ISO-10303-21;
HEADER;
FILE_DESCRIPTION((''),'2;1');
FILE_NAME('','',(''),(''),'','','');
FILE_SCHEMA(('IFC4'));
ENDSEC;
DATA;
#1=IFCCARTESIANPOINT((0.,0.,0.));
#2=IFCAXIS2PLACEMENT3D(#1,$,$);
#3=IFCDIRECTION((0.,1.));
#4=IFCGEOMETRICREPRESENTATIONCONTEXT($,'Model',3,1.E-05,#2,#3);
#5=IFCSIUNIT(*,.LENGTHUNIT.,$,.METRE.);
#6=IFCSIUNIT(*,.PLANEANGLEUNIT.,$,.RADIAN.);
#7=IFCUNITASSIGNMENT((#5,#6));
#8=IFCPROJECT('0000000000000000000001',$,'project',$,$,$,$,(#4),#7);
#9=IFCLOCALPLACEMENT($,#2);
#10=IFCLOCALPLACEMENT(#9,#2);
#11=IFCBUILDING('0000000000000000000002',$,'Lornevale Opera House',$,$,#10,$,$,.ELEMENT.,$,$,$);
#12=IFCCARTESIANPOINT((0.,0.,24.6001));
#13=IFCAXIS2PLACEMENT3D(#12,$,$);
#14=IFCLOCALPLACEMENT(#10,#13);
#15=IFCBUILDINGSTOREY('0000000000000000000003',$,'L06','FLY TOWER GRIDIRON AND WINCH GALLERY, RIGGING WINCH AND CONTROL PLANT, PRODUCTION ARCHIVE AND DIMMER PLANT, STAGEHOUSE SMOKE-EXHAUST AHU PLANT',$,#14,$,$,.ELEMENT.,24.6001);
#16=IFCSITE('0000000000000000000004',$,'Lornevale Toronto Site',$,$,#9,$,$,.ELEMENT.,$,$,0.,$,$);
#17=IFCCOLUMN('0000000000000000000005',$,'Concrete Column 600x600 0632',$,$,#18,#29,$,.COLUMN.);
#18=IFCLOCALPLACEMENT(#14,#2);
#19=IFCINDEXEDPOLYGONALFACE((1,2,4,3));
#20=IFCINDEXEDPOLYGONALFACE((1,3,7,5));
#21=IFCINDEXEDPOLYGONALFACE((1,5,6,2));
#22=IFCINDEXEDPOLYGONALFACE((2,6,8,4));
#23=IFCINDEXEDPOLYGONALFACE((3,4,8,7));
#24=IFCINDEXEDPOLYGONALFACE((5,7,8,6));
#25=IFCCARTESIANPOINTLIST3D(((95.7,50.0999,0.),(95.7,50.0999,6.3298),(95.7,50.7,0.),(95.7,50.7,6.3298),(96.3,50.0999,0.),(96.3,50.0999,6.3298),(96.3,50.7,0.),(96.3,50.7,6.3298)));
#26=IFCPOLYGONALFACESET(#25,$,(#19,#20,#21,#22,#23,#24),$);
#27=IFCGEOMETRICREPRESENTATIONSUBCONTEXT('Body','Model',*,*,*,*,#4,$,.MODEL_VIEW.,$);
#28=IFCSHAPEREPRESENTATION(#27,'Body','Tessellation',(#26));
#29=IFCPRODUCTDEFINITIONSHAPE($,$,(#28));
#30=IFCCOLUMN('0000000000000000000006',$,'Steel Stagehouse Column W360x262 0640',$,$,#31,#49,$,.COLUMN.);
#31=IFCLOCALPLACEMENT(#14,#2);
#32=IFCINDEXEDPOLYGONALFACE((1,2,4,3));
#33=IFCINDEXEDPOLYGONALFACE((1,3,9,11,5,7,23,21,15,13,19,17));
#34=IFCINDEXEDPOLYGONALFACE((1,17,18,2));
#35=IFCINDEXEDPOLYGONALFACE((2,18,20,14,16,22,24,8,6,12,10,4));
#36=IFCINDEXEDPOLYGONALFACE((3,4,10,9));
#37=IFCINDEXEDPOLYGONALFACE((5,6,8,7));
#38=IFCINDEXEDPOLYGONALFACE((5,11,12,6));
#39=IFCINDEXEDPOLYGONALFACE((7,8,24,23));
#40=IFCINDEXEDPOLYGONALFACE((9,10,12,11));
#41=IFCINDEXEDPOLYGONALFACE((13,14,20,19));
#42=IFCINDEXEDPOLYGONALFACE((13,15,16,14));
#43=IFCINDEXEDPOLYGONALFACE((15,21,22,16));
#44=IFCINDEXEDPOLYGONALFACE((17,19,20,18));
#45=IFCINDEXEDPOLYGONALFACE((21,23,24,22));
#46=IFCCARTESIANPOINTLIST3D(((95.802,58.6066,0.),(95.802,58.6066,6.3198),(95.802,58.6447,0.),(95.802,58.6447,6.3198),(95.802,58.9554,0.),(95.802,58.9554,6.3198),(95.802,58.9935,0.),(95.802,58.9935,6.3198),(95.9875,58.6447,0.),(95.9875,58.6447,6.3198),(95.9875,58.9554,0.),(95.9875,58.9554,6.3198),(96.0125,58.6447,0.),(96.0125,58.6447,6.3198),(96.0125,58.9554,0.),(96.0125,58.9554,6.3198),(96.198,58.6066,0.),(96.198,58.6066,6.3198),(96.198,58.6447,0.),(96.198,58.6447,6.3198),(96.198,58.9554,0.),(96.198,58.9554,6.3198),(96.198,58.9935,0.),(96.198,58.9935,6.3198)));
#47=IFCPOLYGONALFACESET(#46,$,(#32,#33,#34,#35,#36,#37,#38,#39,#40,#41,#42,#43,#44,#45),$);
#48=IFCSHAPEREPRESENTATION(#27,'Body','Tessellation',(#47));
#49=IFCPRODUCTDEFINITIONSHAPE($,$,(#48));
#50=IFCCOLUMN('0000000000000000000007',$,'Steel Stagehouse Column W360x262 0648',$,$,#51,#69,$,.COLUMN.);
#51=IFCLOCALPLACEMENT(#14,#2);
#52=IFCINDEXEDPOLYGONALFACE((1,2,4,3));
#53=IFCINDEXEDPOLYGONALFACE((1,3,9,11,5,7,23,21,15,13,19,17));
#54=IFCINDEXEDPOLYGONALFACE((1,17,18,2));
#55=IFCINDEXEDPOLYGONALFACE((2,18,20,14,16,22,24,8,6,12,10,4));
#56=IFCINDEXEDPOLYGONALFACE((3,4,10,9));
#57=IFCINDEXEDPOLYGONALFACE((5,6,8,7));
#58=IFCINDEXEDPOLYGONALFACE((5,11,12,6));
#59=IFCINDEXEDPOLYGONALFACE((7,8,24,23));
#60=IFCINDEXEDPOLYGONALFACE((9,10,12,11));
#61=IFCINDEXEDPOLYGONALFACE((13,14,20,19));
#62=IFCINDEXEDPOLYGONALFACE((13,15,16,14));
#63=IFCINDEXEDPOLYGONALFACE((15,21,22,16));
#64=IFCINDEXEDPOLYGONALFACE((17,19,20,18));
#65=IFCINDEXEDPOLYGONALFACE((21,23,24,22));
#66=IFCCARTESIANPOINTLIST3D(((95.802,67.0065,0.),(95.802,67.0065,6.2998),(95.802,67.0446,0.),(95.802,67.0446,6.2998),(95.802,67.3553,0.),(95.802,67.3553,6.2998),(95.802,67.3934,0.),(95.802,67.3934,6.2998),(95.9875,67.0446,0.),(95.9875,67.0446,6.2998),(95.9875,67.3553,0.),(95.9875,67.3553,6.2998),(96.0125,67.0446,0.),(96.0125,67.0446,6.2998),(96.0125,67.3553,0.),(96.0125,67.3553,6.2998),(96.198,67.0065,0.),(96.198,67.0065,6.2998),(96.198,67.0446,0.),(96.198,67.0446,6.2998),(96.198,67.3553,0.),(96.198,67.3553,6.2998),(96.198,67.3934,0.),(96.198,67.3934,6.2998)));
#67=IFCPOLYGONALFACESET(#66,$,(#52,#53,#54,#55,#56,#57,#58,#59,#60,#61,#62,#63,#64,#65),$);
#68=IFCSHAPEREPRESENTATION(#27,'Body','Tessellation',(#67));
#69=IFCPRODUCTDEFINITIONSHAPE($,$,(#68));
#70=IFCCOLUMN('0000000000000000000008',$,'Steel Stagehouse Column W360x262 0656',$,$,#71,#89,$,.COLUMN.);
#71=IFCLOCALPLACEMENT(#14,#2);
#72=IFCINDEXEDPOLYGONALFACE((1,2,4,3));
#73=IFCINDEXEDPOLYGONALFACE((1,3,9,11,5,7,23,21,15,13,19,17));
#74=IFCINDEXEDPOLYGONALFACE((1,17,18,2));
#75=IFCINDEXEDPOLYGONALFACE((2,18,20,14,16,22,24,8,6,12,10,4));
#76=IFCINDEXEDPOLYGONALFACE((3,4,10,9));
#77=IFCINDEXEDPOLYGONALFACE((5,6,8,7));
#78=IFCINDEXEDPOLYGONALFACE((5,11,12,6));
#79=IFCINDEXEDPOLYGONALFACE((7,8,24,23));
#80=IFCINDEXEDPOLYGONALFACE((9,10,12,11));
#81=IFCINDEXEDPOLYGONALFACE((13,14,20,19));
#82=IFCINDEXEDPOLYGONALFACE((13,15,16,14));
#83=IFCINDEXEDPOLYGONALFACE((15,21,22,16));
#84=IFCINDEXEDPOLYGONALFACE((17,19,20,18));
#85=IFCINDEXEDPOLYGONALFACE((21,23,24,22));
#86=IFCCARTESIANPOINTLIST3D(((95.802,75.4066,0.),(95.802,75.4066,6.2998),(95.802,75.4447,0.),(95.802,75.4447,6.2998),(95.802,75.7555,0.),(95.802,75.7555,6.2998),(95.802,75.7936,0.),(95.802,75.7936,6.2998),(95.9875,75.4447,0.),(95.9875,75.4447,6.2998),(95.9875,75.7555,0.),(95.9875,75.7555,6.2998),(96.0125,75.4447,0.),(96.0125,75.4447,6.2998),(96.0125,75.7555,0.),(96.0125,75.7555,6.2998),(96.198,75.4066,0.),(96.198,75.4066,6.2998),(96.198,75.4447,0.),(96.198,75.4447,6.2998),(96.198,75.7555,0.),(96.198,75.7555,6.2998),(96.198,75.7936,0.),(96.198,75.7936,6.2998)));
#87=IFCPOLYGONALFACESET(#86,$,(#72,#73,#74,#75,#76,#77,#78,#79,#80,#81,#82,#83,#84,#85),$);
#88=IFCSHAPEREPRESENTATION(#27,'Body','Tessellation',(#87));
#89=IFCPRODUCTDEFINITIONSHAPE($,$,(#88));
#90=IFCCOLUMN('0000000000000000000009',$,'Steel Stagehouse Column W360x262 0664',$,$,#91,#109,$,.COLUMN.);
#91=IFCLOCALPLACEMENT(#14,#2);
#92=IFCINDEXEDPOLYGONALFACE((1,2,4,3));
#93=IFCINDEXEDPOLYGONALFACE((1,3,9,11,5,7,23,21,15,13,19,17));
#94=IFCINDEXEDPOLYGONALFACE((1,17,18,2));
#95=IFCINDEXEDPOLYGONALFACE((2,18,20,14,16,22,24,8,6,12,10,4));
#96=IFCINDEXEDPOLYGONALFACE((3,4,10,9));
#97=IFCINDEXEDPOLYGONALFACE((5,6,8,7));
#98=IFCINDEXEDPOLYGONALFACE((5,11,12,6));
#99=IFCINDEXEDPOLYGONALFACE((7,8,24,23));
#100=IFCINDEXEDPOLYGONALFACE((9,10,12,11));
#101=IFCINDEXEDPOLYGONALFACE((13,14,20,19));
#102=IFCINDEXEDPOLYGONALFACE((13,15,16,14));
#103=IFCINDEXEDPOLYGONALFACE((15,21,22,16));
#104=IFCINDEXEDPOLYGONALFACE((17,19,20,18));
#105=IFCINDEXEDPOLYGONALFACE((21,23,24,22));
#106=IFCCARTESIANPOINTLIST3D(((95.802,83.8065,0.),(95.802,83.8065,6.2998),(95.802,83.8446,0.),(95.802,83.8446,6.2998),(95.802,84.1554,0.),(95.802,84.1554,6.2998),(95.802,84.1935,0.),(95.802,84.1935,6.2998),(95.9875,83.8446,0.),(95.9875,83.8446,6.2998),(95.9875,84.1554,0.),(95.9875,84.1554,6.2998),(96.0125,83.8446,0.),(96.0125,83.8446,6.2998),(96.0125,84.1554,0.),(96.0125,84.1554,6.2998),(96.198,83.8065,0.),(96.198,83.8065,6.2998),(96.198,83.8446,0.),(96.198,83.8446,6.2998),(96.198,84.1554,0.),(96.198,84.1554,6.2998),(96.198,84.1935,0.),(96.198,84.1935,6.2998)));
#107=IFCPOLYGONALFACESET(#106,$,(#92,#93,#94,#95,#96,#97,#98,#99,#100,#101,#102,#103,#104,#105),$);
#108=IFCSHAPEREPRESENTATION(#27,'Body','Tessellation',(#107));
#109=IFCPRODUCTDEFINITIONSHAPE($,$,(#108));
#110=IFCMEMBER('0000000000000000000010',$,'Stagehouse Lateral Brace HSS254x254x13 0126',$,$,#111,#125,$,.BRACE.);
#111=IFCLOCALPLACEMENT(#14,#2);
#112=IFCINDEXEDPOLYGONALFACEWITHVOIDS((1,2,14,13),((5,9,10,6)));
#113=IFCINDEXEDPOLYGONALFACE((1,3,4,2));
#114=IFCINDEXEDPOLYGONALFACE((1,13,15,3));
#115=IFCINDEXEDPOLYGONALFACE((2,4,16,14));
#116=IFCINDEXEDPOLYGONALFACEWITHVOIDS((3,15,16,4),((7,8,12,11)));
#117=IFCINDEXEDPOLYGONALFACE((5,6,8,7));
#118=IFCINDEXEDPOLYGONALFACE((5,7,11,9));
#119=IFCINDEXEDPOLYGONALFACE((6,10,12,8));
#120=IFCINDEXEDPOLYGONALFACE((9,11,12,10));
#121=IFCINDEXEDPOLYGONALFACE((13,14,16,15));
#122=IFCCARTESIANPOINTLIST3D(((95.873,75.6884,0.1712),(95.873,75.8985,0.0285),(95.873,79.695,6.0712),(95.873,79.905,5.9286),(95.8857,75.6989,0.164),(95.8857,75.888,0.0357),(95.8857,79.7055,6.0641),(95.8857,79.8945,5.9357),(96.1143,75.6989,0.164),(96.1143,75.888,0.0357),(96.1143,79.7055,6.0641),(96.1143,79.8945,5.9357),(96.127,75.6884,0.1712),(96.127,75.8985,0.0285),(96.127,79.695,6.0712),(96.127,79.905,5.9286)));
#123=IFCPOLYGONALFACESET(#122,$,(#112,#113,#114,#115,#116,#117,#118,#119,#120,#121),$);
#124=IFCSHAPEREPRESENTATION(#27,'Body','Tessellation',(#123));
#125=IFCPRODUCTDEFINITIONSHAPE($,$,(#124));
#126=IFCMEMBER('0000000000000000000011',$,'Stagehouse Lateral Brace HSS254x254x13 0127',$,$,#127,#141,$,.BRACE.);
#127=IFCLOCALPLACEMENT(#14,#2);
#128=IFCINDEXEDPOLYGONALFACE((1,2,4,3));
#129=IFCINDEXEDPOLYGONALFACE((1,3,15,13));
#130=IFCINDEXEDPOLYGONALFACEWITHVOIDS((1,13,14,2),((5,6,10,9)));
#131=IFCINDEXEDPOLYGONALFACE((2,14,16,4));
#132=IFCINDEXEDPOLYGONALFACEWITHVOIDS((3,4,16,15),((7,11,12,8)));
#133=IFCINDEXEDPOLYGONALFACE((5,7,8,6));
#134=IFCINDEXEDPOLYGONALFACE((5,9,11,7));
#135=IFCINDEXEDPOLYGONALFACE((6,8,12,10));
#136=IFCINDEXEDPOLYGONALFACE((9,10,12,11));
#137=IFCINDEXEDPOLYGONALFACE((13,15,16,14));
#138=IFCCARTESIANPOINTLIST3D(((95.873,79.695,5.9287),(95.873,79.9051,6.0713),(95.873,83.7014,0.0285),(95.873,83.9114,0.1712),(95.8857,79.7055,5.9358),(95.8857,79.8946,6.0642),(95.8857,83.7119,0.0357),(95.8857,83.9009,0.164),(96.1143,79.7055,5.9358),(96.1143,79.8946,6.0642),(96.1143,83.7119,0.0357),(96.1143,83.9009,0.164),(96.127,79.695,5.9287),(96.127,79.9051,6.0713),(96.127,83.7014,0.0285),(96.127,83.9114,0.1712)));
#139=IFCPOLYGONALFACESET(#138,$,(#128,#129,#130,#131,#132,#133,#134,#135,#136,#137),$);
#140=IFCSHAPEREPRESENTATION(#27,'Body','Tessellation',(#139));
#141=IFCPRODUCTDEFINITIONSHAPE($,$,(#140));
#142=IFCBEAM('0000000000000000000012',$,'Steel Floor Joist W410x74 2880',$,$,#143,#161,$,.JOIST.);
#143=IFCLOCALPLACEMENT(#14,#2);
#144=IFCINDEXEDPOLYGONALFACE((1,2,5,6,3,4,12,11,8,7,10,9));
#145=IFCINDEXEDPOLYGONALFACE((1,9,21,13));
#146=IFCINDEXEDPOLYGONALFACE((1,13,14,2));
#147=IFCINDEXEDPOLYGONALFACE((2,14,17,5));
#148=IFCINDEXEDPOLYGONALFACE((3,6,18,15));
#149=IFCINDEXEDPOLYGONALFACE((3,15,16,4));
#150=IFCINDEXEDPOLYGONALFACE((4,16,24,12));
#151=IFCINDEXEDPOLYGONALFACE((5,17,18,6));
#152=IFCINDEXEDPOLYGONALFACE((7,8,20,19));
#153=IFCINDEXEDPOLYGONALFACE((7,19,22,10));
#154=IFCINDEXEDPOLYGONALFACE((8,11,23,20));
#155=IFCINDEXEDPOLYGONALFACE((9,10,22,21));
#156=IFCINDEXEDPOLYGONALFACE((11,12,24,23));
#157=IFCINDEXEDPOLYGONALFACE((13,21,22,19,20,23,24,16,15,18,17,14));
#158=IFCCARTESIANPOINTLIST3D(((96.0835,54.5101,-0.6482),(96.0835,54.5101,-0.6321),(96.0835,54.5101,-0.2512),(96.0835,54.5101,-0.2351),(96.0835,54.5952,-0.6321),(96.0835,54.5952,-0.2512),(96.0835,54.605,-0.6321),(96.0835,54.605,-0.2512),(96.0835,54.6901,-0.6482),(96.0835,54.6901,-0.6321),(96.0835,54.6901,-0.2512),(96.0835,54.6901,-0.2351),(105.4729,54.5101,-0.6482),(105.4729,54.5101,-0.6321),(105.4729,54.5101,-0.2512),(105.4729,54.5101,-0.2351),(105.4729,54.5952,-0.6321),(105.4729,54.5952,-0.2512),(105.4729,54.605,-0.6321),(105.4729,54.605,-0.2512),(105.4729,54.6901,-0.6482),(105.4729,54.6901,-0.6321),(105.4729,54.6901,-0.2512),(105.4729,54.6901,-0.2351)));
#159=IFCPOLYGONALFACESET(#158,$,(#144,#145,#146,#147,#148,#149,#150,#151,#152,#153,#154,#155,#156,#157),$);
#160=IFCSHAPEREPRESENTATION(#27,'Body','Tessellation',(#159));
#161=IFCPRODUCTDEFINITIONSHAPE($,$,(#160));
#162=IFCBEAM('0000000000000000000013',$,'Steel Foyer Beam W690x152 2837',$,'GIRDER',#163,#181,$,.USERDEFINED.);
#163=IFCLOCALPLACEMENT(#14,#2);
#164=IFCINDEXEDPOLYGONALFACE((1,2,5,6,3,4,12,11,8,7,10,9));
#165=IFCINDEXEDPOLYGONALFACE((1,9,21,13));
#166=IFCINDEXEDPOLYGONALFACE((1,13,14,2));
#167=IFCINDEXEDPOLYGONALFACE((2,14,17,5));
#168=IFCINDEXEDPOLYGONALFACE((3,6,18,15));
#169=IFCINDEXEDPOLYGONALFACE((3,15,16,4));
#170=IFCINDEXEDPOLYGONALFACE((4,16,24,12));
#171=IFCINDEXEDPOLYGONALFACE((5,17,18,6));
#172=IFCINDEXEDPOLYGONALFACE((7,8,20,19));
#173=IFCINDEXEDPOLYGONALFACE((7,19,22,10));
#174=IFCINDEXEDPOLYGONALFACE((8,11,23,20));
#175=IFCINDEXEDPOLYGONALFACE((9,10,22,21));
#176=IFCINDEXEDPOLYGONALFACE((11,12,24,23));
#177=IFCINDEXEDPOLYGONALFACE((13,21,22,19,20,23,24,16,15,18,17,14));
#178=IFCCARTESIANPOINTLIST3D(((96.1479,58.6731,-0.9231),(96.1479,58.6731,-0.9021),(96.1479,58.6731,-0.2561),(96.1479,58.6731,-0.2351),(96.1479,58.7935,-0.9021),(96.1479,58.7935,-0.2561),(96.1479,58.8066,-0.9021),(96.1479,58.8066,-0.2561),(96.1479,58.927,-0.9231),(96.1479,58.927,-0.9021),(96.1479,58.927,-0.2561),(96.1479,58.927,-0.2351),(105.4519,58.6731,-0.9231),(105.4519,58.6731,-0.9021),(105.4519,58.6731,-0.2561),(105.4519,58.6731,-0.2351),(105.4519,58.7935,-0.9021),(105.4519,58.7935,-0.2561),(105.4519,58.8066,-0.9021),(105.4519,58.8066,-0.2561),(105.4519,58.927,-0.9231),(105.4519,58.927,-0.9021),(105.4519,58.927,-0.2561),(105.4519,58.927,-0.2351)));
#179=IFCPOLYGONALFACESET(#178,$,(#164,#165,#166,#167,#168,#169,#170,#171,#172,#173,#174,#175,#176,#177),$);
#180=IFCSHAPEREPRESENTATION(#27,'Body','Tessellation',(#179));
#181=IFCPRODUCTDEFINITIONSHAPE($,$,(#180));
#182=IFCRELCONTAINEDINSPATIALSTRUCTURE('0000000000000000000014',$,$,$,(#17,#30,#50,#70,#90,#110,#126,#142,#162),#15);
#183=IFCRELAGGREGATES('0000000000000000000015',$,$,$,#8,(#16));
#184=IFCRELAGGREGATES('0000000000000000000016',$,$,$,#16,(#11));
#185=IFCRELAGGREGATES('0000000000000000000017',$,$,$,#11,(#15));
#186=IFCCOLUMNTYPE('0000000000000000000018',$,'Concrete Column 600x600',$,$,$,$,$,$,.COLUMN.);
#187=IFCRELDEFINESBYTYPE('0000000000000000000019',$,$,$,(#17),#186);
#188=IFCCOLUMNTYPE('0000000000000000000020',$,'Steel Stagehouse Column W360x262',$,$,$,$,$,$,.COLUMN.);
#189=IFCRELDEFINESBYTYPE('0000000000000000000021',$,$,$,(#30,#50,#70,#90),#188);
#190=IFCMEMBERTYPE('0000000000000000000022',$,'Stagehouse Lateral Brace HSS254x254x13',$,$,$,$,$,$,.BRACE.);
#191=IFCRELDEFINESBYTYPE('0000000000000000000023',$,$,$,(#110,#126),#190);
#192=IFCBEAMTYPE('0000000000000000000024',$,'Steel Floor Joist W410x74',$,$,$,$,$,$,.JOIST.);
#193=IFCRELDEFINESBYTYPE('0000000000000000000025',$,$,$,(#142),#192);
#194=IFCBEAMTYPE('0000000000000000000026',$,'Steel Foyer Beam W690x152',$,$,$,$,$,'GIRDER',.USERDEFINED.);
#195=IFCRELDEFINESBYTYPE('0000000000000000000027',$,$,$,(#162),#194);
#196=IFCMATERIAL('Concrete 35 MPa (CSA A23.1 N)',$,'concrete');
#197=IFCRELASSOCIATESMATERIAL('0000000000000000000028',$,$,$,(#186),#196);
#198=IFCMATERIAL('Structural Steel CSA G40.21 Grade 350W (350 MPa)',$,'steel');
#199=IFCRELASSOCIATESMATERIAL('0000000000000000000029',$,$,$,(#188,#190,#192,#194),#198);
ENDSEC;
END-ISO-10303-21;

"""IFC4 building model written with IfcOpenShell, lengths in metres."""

from ifc_helpers import new_model, si_unit, direction, frame, origin, origin_2d, place, context, subcontext, project, spatial, rectangle, hollow_rectangle, i_section, extrude, material, material_profile, profile_set, type_object, element, save


model = new_model("IFC4")

# Units and contexts
model_context = context("Model", 3, precision=1e-05, world=origin(), true_north=direction((0.0, 1.0)))
body_context = subcontext(model_context, "Body", "Model", "MODEL_VIEW")
ifc_project = project(units=[si_unit("LENGTHUNIT", "METRE"), si_unit("PLANEANGLEUNIT", "RADIAN")], contexts=[model_context])

# Site, building, storey
site_placement = place(None, origin())
site = spatial("IfcSite", under=ifc_project, at=site_placement, Name="Lornevale Toronto Site", CompositionType="ELEMENT", RefElevation=0.0)
building_placement = place(site_placement, origin())
building = spatial("IfcBuilding", under=site, at=building_placement, Name="Lornevale Opera House", CompositionType="ELEMENT")
storey_placement = place(building_placement, frame((0.0, 0.0, 24.6001)))
storey = spatial("IfcBuildingStorey", under=building, at=storey_placement, Name="L06", Description="FLY TOWER GRIDIRON AND WINCH GALLERY, RIGGING WINCH AND CONTROL PLANT, PRODUCTION ARCHIVE AND DIMMER PLANT, STAGEHOUSE SMOKE-EXHAUST AHU PLANT", CompositionType="ELEMENT", Elevation=24.6001)

# Columns
ifc_material_1 = material(Name="Concrete 35 MPa (CSA A23.1 N)", Category="concrete")
ifc_material_profile_1 = material_profile(ifc_material_1, rectangle(XDim=0.6001, YDim=0.6001, at=origin_2d()), Name="RC600x600")
ifc_profile_set_1 = profile_set([ifc_material_profile_1], Name="Concrete 35 MPa (CSA A23.1 N)")
column_type_1 = type_object("IfcColumnType", Name="Concrete Column 600x600", PredefinedType="COLUMN", material=ifc_profile_set_1)
column_1_placement = place(storey_placement, frame((96.0, 50.3999, 0.0), z_axis=(0.0, 0.0, 1.0), x_axis=(1.0, 0.0, 0.0)))
element("IfcColumn", 1, at=column_1_placement, inside=storey, type_object=column_type_1, Name="Concrete Column 600x600 0632", PredefinedType="COLUMN", context=body_context, shape_type="SweptSolid", body=[
    extrude(rectangle(XDim=0.6001, YDim=0.6001, at=origin_2d()), origin(), (0.0, 0.0, 1.0), 6.3298),
])
ifc_material_2 = material(Name="Structural Steel CSA G40.21 Grade 350W (350 MPa)", Category="steel")
ifc_material_profile_2 = material_profile(ifc_material_2, i_section(OverallWidth=0.396, OverallDepth=0.387, WebThickness=0.0249, FlangeThickness=0.0381, at=origin_2d()), Name="W360x262")
ifc_profile_set_2 = profile_set([ifc_material_profile_2], Name="Structural Steel CSA G40.21 Grade 350W (350 MPa)")
column_type_2 = type_object("IfcColumnType", Name="Steel Stagehouse Column W360x262", PredefinedType="COLUMN", material=ifc_profile_set_2)
column_2_placement = place(storey_placement, frame((96.0, 58.8, 0.0), z_axis=(0.0, 0.0, 1.0), x_axis=(1.0, 0.0, 0.0)))
element("IfcColumn", 2, at=column_2_placement, inside=storey, type_object=column_type_2, Name="Steel Stagehouse Column W360x262 0640", PredefinedType="COLUMN", context=body_context, shape_type="SweptSolid", body=[
    extrude(i_section(OverallWidth=0.396, OverallDepth=0.387, WebThickness=0.0249, FlangeThickness=0.0381, at=origin_2d()), origin(), (0.0, 0.0, 1.0), 6.3198),
])
for number, where, z_axis, x_axis, name in (
    (3, (96.0, 67.2, 0.0), (0.0, 0.0, 1.0), (1.0, 0.0, 0.0), "Steel Stagehouse Column W360x262 0648"),
    (4, (96.0, 75.6001, 0.0), (0.0, 0.0, 1.0), (1.0, 0.0, 0.0), "Steel Stagehouse Column W360x262 0656"),
    (5, (96.0, 84.0, 0.0), (0.0, 0.0, 1.0), (1.0, 0.0, 0.0), "Steel Stagehouse Column W360x262 0664"),
):
    element("IfcColumn", number, at=place(storey_placement, frame(where, z_axis=z_axis, x_axis=x_axis)), inside=storey, type_object=column_type_2, Name=name, PredefinedType="COLUMN", context=body_context, shape_type="SweptSolid", body=[
        extrude(i_section(OverallWidth=0.396, OverallDepth=0.387, WebThickness=0.0249, FlangeThickness=0.0381, at=origin_2d()), origin(), (0.0, 0.0, 1.0), 6.2998),
    ])

# Members
ifc_material_profile_3 = material_profile(ifc_material_2, hollow_rectangle(XDim=0.2539, YDim=0.2539, WallThickness=0.0127, at=origin_2d()), Name="HSS254x254x13")
ifc_profile_set_3 = profile_set([ifc_material_profile_3], Name="Structural Steel CSA G40.21 Grade 350W (350 MPa)")
member_type = type_object("IfcMemberType", Name="Stagehouse Lateral Brace HSS254x254x13", PredefinedType="BRACE", material=ifc_profile_set_3)
for number, where, z_axis, x_axis, name in (
    (6, (96.0, 75.7935, 0.0999), (0.0, 0.561782, 0.827285), (-1.0, 0.0, 0.0), "Stagehouse Lateral Brace HSS254x254x13 0126"),
    (7, (96.0, 83.8064, 0.0999), (0.0, -0.561758, 0.827301), (1.0, 0.0, 0.0), "Stagehouse Lateral Brace HSS254x254x13 0127"),
):
    element("IfcMember", number, at=place(storey_placement, frame(where, z_axis=z_axis, x_axis=x_axis)), inside=storey, type_object=member_type, Name=name, PredefinedType="BRACE", context=body_context, shape_type="SweptSolid", body=[
        extrude(hollow_rectangle(XDim=0.2539, YDim=0.2539, WallThickness=0.0127, at=origin_2d()), origin(), (0.0, 0.0, 1.0), 7.1318),
    ])

# Beams
ifc_material_profile_4 = material_profile(ifc_material_2, i_section(OverallWidth=0.1799, OverallDepth=0.4131, WebThickness=0.0098, FlangeThickness=0.0161, at=origin_2d()), Name="W410x74")
ifc_profile_set_4 = profile_set([ifc_material_profile_4], Name="Structural Steel CSA G40.21 Grade 350W (350 MPa)")
beam_type_1 = type_object("IfcBeamType", Name="Steel Floor Joist W410x74", PredefinedType="JOIST", material=ifc_profile_set_4)
beam_1_placement = place(storey_placement, frame((96.0835, 54.6001, -0.4417), z_axis=(1.0, 0.0, 0.0), x_axis=(0.0, 1.0, 0.0)))
element("IfcBeam", 8, at=beam_1_placement, inside=storey, type_object=beam_type_1, Name="Steel Floor Joist W410x74 2880", PredefinedType="JOIST", context=body_context, shape_type="SweptSolid", body=[
    extrude(i_section(OverallWidth=0.1799, OverallDepth=0.4131, WebThickness=0.0098, FlangeThickness=0.0161, at=origin_2d()), origin(), (0.0, 0.0, 1.0), 9.3894),
])
ifc_material_profile_5 = material_profile(ifc_material_2, i_section(OverallWidth=0.2539, OverallDepth=0.688, WebThickness=0.0132, FlangeThickness=0.021, at=origin_2d()), Name="W690x152")
ifc_profile_set_5 = profile_set([ifc_material_profile_5], Name="Structural Steel CSA G40.21 Grade 350W (350 MPa)")
beam_type_2 = type_object("IfcBeamType", Name="Steel Foyer Beam W690x152", ElementType="GIRDER", PredefinedType="USERDEFINED", material=ifc_profile_set_5)
beam_2_placement = place(storey_placement, frame((96.1479, 58.8, -0.5791), z_axis=(1.0, 0.0, 0.0), x_axis=(0.0, 1.0, 0.0)))
element("IfcBeam", 9, at=beam_2_placement, inside=storey, type_object=beam_type_2, Name="Steel Foyer Beam W690x152 2837", ObjectType="GIRDER", PredefinedType="USERDEFINED", context=body_context, shape_type="SweptSolid", body=[
    extrude(i_section(OverallWidth=0.2539, OverallDepth=0.688, WebThickness=0.0132, FlangeThickness=0.021, at=origin_2d()), origin(), (0.0, 0.0, 1.0), 9.304),
])

save(model, "model.ifc")
